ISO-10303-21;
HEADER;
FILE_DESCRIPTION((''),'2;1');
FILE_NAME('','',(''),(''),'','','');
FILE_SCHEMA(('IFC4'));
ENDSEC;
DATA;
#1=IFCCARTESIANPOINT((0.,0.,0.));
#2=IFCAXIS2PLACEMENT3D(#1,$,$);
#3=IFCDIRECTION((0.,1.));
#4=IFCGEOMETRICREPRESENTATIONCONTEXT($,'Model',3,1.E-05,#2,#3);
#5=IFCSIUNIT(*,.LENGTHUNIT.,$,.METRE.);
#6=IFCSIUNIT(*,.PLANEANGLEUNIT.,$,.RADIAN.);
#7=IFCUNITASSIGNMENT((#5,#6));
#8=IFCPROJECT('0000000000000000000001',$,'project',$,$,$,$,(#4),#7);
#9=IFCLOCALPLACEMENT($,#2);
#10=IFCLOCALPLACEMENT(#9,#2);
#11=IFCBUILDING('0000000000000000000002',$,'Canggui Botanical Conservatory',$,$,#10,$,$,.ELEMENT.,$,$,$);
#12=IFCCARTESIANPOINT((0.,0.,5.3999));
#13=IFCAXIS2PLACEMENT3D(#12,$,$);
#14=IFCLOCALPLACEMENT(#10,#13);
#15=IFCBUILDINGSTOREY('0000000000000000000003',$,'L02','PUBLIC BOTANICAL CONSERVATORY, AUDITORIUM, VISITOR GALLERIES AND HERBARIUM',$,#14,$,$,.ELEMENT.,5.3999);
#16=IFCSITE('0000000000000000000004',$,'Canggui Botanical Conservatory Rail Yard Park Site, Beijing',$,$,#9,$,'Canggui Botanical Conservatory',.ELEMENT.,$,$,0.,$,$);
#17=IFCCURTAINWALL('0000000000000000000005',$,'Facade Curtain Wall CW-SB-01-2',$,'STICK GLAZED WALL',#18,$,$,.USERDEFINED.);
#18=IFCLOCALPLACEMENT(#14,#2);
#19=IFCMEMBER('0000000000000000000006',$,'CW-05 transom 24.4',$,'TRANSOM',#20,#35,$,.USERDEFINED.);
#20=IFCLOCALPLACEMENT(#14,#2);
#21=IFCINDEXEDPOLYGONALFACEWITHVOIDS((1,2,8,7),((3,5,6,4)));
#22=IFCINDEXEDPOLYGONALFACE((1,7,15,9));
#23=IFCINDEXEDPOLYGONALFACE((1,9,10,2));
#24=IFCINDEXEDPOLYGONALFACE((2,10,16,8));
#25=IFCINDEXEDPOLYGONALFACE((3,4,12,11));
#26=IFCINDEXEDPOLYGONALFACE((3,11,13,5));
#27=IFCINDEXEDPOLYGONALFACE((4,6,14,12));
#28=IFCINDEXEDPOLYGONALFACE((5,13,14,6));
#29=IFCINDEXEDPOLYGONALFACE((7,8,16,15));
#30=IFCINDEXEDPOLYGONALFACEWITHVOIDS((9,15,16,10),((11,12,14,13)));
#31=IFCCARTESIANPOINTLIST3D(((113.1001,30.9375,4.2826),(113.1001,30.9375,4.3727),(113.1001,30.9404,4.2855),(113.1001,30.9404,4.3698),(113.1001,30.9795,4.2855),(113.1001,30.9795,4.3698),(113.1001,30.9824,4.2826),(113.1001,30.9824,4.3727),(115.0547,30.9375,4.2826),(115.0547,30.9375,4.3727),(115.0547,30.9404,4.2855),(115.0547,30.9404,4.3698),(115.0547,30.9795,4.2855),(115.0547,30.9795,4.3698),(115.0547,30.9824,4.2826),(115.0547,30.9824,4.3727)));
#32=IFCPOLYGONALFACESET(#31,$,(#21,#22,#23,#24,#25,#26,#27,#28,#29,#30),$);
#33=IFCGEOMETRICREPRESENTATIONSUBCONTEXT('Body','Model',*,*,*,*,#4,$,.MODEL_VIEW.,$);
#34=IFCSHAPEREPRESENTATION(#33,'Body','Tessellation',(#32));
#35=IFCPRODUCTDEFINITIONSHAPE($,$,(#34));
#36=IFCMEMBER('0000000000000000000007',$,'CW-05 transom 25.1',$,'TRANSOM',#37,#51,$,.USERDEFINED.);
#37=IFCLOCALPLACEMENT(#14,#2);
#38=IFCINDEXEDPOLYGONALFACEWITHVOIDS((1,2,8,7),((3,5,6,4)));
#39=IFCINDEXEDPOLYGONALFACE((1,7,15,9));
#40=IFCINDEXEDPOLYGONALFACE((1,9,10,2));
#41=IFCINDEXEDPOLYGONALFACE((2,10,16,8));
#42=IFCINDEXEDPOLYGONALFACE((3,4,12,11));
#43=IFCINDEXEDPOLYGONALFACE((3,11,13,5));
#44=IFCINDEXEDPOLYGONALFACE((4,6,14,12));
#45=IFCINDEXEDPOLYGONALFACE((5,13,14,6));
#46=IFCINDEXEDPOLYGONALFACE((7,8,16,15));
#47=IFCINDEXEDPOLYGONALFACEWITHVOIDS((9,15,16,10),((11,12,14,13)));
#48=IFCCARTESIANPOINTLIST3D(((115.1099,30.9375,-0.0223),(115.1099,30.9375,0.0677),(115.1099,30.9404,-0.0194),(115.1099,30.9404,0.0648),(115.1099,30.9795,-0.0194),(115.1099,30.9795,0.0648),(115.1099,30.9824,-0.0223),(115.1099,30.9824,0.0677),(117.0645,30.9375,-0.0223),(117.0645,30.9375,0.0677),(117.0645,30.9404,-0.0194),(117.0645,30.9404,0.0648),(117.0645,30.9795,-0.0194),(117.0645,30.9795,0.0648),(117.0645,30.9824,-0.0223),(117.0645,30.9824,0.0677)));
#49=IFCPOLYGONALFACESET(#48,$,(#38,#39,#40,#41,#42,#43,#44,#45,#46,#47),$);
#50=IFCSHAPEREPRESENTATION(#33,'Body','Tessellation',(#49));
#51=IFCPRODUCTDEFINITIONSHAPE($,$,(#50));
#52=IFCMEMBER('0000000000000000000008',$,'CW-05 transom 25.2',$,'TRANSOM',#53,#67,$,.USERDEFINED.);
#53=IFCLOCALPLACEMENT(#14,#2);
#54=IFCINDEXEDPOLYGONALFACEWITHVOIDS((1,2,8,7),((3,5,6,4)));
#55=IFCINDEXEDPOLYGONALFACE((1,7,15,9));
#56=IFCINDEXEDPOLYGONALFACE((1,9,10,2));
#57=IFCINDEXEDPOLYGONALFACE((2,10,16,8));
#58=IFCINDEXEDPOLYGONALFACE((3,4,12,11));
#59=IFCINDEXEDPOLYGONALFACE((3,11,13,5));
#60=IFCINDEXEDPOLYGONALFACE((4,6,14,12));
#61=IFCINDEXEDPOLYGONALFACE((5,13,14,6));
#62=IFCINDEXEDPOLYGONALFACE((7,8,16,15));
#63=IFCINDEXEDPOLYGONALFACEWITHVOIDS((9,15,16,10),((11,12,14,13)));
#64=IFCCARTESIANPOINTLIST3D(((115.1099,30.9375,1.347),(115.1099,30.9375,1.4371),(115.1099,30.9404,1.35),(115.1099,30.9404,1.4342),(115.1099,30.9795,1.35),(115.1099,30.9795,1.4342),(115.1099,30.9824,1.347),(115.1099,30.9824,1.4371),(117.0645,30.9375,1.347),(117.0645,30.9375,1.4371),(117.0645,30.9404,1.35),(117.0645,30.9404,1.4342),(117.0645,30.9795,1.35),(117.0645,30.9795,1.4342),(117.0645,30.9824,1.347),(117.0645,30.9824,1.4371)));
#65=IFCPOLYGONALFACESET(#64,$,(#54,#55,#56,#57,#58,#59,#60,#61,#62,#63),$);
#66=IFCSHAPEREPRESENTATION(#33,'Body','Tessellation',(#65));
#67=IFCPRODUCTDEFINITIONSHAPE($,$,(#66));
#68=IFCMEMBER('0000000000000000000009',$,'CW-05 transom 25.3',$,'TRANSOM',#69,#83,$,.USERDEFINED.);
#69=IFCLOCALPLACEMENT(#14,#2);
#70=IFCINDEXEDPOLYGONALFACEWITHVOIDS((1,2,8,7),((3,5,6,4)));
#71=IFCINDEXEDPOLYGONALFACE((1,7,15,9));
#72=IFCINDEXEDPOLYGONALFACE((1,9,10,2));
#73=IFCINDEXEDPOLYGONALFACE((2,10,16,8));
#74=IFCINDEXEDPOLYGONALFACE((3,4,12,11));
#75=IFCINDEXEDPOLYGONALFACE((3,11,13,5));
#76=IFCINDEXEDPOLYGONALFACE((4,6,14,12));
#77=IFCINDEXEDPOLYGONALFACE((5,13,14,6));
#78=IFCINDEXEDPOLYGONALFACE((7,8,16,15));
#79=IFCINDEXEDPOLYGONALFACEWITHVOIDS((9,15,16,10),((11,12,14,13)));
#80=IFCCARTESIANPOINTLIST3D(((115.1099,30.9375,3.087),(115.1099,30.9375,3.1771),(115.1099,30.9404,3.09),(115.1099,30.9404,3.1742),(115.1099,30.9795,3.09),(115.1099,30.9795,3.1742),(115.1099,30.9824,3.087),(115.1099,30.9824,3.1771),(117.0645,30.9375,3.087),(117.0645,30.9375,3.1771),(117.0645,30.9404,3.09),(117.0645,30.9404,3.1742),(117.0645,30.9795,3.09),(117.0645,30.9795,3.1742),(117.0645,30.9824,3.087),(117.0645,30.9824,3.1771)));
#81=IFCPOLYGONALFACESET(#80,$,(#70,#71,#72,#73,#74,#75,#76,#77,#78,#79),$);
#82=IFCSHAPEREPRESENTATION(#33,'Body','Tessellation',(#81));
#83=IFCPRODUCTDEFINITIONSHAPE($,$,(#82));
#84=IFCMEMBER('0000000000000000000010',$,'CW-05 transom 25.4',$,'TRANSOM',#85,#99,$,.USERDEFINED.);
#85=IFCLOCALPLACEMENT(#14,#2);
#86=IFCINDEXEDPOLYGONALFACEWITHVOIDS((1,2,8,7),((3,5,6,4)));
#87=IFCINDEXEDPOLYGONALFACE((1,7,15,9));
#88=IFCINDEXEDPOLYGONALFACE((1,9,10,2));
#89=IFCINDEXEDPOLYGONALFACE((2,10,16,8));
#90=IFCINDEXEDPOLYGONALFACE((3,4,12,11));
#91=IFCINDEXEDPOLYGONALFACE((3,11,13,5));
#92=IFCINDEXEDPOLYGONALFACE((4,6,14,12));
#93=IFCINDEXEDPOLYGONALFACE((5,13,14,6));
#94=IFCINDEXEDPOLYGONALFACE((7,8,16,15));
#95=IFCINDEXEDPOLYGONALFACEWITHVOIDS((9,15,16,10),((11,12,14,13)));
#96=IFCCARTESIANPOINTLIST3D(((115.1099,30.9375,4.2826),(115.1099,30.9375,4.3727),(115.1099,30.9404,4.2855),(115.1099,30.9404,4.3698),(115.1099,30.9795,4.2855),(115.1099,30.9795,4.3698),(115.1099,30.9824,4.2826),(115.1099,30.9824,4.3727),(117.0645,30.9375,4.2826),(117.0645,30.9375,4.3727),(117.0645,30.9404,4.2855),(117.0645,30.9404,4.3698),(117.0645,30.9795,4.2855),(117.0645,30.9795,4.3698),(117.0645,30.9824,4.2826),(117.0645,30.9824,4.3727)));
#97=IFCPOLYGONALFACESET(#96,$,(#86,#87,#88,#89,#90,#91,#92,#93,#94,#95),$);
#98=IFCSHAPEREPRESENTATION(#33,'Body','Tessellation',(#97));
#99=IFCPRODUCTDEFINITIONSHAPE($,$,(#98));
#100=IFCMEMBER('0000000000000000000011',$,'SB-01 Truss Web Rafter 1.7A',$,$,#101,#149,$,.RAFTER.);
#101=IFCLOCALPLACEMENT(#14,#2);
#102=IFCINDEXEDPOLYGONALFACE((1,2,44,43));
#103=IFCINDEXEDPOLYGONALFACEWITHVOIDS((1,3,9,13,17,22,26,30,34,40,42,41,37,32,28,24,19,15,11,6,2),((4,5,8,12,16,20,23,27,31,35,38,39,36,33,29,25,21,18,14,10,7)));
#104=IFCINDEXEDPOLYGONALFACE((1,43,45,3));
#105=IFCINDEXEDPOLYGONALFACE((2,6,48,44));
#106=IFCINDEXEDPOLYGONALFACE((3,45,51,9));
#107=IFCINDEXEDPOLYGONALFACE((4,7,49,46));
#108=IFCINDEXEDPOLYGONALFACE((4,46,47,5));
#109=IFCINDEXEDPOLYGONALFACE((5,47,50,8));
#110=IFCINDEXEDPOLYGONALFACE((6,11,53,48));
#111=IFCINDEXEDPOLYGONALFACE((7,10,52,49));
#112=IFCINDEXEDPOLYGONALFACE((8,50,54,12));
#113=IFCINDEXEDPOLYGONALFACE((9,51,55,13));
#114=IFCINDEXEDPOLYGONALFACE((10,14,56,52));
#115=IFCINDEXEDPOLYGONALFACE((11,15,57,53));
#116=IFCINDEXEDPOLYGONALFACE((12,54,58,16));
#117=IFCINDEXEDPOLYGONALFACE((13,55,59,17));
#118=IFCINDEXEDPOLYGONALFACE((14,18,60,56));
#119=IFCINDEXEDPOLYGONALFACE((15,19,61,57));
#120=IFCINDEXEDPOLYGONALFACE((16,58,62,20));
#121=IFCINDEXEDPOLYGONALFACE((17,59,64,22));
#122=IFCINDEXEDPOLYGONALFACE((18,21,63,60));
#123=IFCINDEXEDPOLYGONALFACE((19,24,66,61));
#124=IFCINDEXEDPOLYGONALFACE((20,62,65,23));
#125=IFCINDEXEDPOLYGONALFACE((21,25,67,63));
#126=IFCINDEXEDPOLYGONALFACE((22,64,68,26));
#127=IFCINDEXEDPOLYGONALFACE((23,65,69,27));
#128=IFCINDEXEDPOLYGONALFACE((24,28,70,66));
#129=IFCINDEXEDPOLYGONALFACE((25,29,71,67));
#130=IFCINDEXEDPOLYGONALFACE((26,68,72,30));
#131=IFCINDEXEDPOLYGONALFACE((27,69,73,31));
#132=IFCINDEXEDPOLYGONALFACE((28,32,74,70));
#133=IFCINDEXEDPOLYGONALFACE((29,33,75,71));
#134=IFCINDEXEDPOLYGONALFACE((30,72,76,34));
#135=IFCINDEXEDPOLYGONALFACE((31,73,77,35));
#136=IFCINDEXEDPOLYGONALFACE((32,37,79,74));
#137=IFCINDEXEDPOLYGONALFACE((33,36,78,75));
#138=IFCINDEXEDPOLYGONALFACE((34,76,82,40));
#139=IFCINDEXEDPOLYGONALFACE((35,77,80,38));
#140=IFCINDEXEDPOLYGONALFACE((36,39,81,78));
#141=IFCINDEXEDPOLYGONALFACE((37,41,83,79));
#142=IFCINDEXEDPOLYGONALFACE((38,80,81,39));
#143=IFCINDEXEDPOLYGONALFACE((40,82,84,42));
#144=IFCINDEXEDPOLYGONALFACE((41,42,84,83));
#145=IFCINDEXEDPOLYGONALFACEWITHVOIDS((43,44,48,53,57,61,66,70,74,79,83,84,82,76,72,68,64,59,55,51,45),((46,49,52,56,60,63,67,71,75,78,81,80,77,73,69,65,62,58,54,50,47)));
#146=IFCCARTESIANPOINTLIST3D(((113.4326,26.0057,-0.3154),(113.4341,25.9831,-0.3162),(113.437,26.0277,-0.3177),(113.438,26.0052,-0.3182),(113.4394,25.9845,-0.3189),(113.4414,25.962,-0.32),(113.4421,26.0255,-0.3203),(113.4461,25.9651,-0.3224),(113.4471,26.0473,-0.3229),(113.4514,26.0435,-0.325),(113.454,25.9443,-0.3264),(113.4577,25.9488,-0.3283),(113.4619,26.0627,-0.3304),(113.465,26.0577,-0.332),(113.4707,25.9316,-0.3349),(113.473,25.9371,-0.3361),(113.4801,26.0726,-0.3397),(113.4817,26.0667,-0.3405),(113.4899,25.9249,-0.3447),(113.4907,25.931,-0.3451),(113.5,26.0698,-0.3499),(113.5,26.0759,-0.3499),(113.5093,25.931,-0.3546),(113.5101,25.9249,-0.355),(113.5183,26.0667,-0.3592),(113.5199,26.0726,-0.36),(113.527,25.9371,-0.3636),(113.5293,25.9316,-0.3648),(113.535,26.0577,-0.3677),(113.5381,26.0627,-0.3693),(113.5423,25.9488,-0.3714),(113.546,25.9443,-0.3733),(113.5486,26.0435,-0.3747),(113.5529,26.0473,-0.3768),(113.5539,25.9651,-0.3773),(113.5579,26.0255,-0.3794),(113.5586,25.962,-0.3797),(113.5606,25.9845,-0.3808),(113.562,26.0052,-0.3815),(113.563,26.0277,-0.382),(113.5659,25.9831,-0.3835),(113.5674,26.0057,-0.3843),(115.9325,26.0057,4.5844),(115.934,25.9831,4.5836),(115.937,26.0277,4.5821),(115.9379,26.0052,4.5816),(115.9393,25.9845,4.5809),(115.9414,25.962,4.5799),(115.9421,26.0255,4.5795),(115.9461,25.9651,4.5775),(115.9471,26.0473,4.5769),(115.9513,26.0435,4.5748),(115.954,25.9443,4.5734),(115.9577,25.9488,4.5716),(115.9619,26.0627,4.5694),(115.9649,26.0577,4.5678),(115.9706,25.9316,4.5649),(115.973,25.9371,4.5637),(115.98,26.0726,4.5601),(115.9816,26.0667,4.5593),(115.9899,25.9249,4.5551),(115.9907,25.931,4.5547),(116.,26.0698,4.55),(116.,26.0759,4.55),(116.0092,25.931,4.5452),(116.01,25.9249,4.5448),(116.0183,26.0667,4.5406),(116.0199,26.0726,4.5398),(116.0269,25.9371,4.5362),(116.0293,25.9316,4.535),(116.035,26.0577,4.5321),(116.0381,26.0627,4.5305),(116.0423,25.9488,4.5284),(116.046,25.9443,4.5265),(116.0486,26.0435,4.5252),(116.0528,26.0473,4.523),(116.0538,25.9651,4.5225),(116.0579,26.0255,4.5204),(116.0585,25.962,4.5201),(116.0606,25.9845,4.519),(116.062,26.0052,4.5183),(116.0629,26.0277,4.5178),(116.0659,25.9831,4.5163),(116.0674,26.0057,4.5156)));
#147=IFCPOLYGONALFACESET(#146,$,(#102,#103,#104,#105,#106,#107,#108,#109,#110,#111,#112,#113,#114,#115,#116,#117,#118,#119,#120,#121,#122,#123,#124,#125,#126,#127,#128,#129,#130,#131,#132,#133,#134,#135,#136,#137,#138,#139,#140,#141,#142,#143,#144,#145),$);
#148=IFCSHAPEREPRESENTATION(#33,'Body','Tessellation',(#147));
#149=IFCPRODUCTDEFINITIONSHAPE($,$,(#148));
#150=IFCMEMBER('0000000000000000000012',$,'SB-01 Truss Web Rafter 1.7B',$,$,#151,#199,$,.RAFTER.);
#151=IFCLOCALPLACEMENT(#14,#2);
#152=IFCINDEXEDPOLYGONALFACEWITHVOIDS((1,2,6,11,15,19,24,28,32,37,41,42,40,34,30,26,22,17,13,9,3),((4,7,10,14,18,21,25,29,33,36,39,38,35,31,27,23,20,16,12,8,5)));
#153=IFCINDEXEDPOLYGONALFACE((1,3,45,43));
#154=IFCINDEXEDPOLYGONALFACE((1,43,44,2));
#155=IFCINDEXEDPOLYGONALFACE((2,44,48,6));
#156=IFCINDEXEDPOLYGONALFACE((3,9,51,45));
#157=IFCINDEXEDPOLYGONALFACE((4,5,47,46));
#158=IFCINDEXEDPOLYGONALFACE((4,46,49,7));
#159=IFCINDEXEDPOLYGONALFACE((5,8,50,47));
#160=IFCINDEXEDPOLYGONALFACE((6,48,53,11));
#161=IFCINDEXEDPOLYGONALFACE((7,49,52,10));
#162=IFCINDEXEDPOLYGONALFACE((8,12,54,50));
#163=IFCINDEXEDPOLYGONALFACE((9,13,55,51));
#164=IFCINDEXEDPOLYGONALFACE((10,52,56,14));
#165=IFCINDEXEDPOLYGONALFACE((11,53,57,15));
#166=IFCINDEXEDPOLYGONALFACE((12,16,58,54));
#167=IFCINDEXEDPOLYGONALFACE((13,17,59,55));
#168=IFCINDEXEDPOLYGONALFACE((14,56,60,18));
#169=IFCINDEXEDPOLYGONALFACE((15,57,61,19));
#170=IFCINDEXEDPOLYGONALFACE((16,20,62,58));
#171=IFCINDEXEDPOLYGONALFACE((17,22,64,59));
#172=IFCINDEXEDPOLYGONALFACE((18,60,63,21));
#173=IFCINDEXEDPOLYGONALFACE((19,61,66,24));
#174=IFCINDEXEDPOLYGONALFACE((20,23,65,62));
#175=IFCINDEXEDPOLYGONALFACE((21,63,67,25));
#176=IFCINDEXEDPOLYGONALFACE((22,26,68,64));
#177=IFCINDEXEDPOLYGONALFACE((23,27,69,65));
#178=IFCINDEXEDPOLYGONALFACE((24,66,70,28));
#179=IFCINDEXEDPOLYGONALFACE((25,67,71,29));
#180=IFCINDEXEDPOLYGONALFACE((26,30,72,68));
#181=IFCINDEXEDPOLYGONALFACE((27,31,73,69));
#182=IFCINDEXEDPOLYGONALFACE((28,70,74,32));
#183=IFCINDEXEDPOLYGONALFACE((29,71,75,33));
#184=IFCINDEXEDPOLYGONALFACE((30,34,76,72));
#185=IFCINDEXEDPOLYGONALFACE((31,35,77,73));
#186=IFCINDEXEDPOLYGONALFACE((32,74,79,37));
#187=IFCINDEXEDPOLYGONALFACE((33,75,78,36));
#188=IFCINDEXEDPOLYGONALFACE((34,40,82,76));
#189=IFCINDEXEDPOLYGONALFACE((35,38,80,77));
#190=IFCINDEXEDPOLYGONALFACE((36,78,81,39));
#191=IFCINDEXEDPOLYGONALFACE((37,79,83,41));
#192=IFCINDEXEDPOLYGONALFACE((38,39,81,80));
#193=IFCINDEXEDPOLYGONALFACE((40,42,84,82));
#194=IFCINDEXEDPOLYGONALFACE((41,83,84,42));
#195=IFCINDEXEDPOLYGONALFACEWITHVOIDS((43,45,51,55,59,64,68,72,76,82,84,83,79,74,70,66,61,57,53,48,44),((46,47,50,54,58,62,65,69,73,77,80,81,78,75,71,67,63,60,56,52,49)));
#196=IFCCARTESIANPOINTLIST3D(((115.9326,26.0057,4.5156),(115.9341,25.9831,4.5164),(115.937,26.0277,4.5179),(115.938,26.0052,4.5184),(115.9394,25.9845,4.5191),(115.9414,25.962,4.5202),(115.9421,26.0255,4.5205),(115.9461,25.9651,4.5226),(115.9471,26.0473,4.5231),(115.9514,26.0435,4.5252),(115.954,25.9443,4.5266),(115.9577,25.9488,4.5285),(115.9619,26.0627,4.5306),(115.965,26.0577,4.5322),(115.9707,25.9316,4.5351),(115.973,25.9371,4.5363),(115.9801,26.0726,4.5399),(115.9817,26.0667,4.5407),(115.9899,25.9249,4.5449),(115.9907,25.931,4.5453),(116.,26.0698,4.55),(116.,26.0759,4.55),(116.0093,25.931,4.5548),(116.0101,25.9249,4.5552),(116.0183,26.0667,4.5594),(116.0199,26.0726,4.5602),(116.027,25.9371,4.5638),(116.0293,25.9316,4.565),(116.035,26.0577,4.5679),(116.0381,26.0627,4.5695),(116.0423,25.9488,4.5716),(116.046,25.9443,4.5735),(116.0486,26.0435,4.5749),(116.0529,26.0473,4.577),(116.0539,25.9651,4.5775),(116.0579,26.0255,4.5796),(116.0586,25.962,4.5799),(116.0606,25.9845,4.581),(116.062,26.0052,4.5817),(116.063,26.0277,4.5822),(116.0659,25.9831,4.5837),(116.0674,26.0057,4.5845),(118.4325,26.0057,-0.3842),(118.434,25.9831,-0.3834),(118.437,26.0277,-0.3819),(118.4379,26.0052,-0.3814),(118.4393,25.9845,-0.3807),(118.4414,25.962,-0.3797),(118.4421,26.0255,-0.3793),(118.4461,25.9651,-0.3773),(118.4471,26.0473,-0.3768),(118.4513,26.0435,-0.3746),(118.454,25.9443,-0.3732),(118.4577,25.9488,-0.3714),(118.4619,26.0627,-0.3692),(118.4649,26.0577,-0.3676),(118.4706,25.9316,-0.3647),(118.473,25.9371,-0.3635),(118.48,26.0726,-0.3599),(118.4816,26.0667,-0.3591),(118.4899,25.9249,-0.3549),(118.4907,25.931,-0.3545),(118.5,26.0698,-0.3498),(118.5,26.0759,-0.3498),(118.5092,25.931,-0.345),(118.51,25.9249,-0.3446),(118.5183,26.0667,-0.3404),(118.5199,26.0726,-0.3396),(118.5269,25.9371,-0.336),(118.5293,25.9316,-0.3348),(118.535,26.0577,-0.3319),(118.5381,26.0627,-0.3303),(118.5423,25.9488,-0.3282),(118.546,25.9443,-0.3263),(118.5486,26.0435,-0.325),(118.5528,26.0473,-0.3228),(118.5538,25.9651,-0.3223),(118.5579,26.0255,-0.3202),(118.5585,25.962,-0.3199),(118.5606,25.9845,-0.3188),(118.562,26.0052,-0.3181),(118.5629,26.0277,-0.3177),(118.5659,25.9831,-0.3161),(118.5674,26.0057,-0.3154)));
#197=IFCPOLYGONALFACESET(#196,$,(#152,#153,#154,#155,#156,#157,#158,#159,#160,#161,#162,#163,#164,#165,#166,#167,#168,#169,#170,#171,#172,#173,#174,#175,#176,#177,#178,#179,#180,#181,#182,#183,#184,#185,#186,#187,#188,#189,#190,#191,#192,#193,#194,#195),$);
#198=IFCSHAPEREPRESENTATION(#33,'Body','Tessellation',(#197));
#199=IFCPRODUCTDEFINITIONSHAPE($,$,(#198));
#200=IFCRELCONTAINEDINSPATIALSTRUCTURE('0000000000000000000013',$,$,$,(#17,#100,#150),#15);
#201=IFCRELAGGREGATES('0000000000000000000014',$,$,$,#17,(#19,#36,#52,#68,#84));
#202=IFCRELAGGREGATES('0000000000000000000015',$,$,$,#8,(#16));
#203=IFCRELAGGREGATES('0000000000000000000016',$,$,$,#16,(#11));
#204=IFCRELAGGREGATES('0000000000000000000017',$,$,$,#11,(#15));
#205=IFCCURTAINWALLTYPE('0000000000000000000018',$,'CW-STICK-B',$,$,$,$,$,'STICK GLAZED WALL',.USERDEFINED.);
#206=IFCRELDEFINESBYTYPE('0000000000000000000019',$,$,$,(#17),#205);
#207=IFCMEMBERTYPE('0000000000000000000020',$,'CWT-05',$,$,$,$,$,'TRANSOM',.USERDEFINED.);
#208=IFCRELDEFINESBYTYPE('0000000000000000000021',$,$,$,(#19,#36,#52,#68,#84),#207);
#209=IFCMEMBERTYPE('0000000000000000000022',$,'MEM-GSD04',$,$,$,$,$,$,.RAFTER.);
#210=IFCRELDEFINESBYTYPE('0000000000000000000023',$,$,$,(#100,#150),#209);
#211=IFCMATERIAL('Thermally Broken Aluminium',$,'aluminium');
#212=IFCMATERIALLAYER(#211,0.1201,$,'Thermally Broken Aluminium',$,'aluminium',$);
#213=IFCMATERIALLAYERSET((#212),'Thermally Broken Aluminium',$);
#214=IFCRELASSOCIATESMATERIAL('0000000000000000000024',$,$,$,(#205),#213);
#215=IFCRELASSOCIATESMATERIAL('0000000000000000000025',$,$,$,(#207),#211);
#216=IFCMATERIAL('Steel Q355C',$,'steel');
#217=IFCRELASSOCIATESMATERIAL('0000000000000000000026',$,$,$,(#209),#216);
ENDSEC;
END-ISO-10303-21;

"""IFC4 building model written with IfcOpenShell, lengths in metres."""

from ifc_helpers import new_model, si_unit, direction, frame, origin, origin_2d, place, context, subcontext, project, spatial, hollow_rectangle, hollow_circle, extrude, material, layer, layer_set, material_profile, profile_set, type_object, element, aggregate, save


model = new_model("IFC4")

# Units and contexts
model_context = context("Model", 3, precision=1e-05, world=origin(), true_north=direction((0.0, 1.0)))
body_context = subcontext(model_context, "Body", "Model", "MODEL_VIEW")
ifc_project = project(units=[si_unit("LENGTHUNIT", "METRE"), si_unit("PLANEANGLEUNIT", "RADIAN")], contexts=[model_context])

# Site, building, storey
site_placement = place(None, origin())
site = spatial("IfcSite", under=ifc_project, at=site_placement, Name="Canggui Botanical Conservatory Rail Yard Park Site, Beijing", LongName="Canggui Botanical Conservatory", CompositionType="ELEMENT", RefElevation=0.0)
building_placement = place(site_placement, origin())
building = spatial("IfcBuilding", under=site, at=building_placement, Name="Canggui Botanical Conservatory", CompositionType="ELEMENT")
storey_placement = place(building_placement, frame((0.0, 0.0, 5.3999)))
storey = spatial("IfcBuildingStorey", under=building, at=storey_placement, Name="L02", Description="PUBLIC BOTANICAL CONSERVATORY, AUDITORIUM, VISITOR GALLERIES AND HERBARIUM", CompositionType="ELEMENT", Elevation=5.3999)

# Curtain wall
ifc_material_1 = material(Name="Thermally Broken Aluminium", Category="aluminium")
ifc_layer_1 = layer(ifc_material_1, 0.1201, Name="Thermally Broken Aluminium", Category="aluminium")
ifc_layer_set_1 = layer_set([ifc_layer_1], Name="Thermally Broken Aluminium")
curtain_wall_type = type_object("IfcCurtainWallType", Name="CW-STICK-B", ElementType="STICK GLAZED WALL", PredefinedType="USERDEFINED", material=ifc_layer_set_1)
curtain_wall_1_placement = place(storey_placement, origin())
curtain_wall_1 = element("IfcCurtainWall", 1, at=curtain_wall_1_placement, inside=storey, type_object=curtain_wall_type, Name="Facade Curtain Wall CW-SB-01-2", ObjectType="STICK GLAZED WALL", PredefinedType="USERDEFINED")

# Members
ifc_material_profile_1 = material_profile(ifc_material_1, hollow_rectangle(XDim=0.0449, YDim=0.0901, WallThickness=0.0029, at=origin_2d()), Name="CWT 45x90x3")
ifc_profile_set_1 = profile_set([ifc_material_profile_1], Name="Thermally Broken Aluminium")
member_type_1 = type_object("IfcMemberType", Name="CWT-05", ElementType="TRANSOM", PredefinedType="USERDEFINED", material=ifc_profile_set_1)
member_1_placement = place(storey_placement, frame((113.1001, 30.96, 4.3276), z_axis=(1.0, 0.0, 0.0), x_axis=(0.0, 1.0, 0.0)))
member_1 = element("IfcMember", 2, at=member_1_placement, type_object=member_type_1, Name="CW-05 transom 24.4", ObjectType="TRANSOM", PredefinedType="USERDEFINED", context=body_context, shape_type="SweptSolid", body=[
    extrude(hollow_rectangle(XDim=0.0449, YDim=0.0901, WallThickness=0.0029, at=origin_2d()), origin(), (0.0, 0.0, 1.0), 1.9546),
])
member_2_placement = place(storey_placement, frame((115.1099, 30.96, 0.0227), z_axis=(1.0, 0.0, 0.0), x_axis=(0.0, 1.0, 0.0)))
member_2 = element("IfcMember", 3, at=member_2_placement, type_object=member_type_1, Name="CW-05 transom 25.1", ObjectType="TRANSOM", PredefinedType="USERDEFINED", context=body_context, shape_type="SweptSolid", body=[
    extrude(hollow_rectangle(XDim=0.0449, YDim=0.0901, WallThickness=0.0029, at=origin_2d()), origin(), (0.0, 0.0, 1.0), 1.9546),
])
member_3_placement = place(storey_placement, frame((115.1099, 30.96, 1.3921), z_axis=(1.0, 0.0, 0.0), x_axis=(0.0, 1.0, 0.0)))
member_3 = element("IfcMember", 4, at=member_3_placement, type_object=member_type_1, Name="CW-05 transom 25.2", ObjectType="TRANSOM", PredefinedType="USERDEFINED", context=body_context, shape_type="SweptSolid", body=[
    extrude(hollow_rectangle(XDim=0.0449, YDim=0.0901, WallThickness=0.0029, at=origin_2d()), origin(), (0.0, 0.0, 1.0), 1.9546),
])
member_4_placement = place(storey_placement, frame((115.1099, 30.96, 3.1321), z_axis=(1.0, 0.0, 0.0), x_axis=(0.0, 1.0, 0.0)))
member_4 = element("IfcMember", 5, at=member_4_placement, type_object=member_type_1, Name="CW-05 transom 25.3", ObjectType="TRANSOM", PredefinedType="USERDEFINED", context=body_context, shape_type="SweptSolid", body=[
    extrude(hollow_rectangle(XDim=0.0449, YDim=0.0901, WallThickness=0.0029, at=origin_2d()), origin(), (0.0, 0.0, 1.0), 1.9546),
])
member_5_placement = place(storey_placement, frame((115.1099, 30.96, 4.3276), z_axis=(1.0, 0.0, 0.0), x_axis=(0.0, 1.0, 0.0)))
member_5 = element("IfcMember", 6, at=member_5_placement, type_object=member_type_1, Name="CW-05 transom 25.4", ObjectType="TRANSOM", PredefinedType="USERDEFINED", context=body_context, shape_type="SweptSolid", body=[
    extrude(hollow_rectangle(XDim=0.0449, YDim=0.0901, WallThickness=0.0029, at=origin_2d()), origin(), (0.0, 0.0, 1.0), 1.9546),
])

# Members
ifc_material_2 = material(Name="Steel Q355C", Category="steel")
ifc_material_profile_2 = material_profile(ifc_material_2, hollow_circle(Radius=0.0759, WallThickness=0.0061, at=origin_2d()), Name="CHS 152x6")
ifc_profile_set_2 = profile_set([ifc_material_profile_2], Name="Steel Q355C")
member_type_2 = type_object("IfcMemberType", Name="MEM-GSD04", PredefinedType="RAFTER", material=ifc_profile_set_2)
for number, where, z_axis, x_axis, name in (
    (7, (113.5, 26.0, -0.3499), (0.454478, 0.0, 0.890758), (0.0, 1.0, 0.0), "SB-01 Truss Web Rafter 1.7A"),
    (8, (116.0, 26.0, 4.55), (0.454478, 0.0, -0.890758), (0.0, 1.0, 0.0), "SB-01 Truss Web Rafter 1.7B"),
):
    element("IfcMember", number, at=place(storey_placement, frame(where, z_axis=z_axis, x_axis=x_axis)), inside=storey, type_object=member_type_2, Name=name, PredefinedType="RAFTER", context=body_context, shape_type="SweptSolid", body=[
        extrude(hollow_circle(Radius=0.0759, WallThickness=0.0061, at=origin_2d()), origin(), (0.0, 0.0, 1.0), 5.5007),
    ])

aggregate(curtain_wall_1, [member_1, member_2, member_3, member_4, member_5])

save(model, "model.ifc")
